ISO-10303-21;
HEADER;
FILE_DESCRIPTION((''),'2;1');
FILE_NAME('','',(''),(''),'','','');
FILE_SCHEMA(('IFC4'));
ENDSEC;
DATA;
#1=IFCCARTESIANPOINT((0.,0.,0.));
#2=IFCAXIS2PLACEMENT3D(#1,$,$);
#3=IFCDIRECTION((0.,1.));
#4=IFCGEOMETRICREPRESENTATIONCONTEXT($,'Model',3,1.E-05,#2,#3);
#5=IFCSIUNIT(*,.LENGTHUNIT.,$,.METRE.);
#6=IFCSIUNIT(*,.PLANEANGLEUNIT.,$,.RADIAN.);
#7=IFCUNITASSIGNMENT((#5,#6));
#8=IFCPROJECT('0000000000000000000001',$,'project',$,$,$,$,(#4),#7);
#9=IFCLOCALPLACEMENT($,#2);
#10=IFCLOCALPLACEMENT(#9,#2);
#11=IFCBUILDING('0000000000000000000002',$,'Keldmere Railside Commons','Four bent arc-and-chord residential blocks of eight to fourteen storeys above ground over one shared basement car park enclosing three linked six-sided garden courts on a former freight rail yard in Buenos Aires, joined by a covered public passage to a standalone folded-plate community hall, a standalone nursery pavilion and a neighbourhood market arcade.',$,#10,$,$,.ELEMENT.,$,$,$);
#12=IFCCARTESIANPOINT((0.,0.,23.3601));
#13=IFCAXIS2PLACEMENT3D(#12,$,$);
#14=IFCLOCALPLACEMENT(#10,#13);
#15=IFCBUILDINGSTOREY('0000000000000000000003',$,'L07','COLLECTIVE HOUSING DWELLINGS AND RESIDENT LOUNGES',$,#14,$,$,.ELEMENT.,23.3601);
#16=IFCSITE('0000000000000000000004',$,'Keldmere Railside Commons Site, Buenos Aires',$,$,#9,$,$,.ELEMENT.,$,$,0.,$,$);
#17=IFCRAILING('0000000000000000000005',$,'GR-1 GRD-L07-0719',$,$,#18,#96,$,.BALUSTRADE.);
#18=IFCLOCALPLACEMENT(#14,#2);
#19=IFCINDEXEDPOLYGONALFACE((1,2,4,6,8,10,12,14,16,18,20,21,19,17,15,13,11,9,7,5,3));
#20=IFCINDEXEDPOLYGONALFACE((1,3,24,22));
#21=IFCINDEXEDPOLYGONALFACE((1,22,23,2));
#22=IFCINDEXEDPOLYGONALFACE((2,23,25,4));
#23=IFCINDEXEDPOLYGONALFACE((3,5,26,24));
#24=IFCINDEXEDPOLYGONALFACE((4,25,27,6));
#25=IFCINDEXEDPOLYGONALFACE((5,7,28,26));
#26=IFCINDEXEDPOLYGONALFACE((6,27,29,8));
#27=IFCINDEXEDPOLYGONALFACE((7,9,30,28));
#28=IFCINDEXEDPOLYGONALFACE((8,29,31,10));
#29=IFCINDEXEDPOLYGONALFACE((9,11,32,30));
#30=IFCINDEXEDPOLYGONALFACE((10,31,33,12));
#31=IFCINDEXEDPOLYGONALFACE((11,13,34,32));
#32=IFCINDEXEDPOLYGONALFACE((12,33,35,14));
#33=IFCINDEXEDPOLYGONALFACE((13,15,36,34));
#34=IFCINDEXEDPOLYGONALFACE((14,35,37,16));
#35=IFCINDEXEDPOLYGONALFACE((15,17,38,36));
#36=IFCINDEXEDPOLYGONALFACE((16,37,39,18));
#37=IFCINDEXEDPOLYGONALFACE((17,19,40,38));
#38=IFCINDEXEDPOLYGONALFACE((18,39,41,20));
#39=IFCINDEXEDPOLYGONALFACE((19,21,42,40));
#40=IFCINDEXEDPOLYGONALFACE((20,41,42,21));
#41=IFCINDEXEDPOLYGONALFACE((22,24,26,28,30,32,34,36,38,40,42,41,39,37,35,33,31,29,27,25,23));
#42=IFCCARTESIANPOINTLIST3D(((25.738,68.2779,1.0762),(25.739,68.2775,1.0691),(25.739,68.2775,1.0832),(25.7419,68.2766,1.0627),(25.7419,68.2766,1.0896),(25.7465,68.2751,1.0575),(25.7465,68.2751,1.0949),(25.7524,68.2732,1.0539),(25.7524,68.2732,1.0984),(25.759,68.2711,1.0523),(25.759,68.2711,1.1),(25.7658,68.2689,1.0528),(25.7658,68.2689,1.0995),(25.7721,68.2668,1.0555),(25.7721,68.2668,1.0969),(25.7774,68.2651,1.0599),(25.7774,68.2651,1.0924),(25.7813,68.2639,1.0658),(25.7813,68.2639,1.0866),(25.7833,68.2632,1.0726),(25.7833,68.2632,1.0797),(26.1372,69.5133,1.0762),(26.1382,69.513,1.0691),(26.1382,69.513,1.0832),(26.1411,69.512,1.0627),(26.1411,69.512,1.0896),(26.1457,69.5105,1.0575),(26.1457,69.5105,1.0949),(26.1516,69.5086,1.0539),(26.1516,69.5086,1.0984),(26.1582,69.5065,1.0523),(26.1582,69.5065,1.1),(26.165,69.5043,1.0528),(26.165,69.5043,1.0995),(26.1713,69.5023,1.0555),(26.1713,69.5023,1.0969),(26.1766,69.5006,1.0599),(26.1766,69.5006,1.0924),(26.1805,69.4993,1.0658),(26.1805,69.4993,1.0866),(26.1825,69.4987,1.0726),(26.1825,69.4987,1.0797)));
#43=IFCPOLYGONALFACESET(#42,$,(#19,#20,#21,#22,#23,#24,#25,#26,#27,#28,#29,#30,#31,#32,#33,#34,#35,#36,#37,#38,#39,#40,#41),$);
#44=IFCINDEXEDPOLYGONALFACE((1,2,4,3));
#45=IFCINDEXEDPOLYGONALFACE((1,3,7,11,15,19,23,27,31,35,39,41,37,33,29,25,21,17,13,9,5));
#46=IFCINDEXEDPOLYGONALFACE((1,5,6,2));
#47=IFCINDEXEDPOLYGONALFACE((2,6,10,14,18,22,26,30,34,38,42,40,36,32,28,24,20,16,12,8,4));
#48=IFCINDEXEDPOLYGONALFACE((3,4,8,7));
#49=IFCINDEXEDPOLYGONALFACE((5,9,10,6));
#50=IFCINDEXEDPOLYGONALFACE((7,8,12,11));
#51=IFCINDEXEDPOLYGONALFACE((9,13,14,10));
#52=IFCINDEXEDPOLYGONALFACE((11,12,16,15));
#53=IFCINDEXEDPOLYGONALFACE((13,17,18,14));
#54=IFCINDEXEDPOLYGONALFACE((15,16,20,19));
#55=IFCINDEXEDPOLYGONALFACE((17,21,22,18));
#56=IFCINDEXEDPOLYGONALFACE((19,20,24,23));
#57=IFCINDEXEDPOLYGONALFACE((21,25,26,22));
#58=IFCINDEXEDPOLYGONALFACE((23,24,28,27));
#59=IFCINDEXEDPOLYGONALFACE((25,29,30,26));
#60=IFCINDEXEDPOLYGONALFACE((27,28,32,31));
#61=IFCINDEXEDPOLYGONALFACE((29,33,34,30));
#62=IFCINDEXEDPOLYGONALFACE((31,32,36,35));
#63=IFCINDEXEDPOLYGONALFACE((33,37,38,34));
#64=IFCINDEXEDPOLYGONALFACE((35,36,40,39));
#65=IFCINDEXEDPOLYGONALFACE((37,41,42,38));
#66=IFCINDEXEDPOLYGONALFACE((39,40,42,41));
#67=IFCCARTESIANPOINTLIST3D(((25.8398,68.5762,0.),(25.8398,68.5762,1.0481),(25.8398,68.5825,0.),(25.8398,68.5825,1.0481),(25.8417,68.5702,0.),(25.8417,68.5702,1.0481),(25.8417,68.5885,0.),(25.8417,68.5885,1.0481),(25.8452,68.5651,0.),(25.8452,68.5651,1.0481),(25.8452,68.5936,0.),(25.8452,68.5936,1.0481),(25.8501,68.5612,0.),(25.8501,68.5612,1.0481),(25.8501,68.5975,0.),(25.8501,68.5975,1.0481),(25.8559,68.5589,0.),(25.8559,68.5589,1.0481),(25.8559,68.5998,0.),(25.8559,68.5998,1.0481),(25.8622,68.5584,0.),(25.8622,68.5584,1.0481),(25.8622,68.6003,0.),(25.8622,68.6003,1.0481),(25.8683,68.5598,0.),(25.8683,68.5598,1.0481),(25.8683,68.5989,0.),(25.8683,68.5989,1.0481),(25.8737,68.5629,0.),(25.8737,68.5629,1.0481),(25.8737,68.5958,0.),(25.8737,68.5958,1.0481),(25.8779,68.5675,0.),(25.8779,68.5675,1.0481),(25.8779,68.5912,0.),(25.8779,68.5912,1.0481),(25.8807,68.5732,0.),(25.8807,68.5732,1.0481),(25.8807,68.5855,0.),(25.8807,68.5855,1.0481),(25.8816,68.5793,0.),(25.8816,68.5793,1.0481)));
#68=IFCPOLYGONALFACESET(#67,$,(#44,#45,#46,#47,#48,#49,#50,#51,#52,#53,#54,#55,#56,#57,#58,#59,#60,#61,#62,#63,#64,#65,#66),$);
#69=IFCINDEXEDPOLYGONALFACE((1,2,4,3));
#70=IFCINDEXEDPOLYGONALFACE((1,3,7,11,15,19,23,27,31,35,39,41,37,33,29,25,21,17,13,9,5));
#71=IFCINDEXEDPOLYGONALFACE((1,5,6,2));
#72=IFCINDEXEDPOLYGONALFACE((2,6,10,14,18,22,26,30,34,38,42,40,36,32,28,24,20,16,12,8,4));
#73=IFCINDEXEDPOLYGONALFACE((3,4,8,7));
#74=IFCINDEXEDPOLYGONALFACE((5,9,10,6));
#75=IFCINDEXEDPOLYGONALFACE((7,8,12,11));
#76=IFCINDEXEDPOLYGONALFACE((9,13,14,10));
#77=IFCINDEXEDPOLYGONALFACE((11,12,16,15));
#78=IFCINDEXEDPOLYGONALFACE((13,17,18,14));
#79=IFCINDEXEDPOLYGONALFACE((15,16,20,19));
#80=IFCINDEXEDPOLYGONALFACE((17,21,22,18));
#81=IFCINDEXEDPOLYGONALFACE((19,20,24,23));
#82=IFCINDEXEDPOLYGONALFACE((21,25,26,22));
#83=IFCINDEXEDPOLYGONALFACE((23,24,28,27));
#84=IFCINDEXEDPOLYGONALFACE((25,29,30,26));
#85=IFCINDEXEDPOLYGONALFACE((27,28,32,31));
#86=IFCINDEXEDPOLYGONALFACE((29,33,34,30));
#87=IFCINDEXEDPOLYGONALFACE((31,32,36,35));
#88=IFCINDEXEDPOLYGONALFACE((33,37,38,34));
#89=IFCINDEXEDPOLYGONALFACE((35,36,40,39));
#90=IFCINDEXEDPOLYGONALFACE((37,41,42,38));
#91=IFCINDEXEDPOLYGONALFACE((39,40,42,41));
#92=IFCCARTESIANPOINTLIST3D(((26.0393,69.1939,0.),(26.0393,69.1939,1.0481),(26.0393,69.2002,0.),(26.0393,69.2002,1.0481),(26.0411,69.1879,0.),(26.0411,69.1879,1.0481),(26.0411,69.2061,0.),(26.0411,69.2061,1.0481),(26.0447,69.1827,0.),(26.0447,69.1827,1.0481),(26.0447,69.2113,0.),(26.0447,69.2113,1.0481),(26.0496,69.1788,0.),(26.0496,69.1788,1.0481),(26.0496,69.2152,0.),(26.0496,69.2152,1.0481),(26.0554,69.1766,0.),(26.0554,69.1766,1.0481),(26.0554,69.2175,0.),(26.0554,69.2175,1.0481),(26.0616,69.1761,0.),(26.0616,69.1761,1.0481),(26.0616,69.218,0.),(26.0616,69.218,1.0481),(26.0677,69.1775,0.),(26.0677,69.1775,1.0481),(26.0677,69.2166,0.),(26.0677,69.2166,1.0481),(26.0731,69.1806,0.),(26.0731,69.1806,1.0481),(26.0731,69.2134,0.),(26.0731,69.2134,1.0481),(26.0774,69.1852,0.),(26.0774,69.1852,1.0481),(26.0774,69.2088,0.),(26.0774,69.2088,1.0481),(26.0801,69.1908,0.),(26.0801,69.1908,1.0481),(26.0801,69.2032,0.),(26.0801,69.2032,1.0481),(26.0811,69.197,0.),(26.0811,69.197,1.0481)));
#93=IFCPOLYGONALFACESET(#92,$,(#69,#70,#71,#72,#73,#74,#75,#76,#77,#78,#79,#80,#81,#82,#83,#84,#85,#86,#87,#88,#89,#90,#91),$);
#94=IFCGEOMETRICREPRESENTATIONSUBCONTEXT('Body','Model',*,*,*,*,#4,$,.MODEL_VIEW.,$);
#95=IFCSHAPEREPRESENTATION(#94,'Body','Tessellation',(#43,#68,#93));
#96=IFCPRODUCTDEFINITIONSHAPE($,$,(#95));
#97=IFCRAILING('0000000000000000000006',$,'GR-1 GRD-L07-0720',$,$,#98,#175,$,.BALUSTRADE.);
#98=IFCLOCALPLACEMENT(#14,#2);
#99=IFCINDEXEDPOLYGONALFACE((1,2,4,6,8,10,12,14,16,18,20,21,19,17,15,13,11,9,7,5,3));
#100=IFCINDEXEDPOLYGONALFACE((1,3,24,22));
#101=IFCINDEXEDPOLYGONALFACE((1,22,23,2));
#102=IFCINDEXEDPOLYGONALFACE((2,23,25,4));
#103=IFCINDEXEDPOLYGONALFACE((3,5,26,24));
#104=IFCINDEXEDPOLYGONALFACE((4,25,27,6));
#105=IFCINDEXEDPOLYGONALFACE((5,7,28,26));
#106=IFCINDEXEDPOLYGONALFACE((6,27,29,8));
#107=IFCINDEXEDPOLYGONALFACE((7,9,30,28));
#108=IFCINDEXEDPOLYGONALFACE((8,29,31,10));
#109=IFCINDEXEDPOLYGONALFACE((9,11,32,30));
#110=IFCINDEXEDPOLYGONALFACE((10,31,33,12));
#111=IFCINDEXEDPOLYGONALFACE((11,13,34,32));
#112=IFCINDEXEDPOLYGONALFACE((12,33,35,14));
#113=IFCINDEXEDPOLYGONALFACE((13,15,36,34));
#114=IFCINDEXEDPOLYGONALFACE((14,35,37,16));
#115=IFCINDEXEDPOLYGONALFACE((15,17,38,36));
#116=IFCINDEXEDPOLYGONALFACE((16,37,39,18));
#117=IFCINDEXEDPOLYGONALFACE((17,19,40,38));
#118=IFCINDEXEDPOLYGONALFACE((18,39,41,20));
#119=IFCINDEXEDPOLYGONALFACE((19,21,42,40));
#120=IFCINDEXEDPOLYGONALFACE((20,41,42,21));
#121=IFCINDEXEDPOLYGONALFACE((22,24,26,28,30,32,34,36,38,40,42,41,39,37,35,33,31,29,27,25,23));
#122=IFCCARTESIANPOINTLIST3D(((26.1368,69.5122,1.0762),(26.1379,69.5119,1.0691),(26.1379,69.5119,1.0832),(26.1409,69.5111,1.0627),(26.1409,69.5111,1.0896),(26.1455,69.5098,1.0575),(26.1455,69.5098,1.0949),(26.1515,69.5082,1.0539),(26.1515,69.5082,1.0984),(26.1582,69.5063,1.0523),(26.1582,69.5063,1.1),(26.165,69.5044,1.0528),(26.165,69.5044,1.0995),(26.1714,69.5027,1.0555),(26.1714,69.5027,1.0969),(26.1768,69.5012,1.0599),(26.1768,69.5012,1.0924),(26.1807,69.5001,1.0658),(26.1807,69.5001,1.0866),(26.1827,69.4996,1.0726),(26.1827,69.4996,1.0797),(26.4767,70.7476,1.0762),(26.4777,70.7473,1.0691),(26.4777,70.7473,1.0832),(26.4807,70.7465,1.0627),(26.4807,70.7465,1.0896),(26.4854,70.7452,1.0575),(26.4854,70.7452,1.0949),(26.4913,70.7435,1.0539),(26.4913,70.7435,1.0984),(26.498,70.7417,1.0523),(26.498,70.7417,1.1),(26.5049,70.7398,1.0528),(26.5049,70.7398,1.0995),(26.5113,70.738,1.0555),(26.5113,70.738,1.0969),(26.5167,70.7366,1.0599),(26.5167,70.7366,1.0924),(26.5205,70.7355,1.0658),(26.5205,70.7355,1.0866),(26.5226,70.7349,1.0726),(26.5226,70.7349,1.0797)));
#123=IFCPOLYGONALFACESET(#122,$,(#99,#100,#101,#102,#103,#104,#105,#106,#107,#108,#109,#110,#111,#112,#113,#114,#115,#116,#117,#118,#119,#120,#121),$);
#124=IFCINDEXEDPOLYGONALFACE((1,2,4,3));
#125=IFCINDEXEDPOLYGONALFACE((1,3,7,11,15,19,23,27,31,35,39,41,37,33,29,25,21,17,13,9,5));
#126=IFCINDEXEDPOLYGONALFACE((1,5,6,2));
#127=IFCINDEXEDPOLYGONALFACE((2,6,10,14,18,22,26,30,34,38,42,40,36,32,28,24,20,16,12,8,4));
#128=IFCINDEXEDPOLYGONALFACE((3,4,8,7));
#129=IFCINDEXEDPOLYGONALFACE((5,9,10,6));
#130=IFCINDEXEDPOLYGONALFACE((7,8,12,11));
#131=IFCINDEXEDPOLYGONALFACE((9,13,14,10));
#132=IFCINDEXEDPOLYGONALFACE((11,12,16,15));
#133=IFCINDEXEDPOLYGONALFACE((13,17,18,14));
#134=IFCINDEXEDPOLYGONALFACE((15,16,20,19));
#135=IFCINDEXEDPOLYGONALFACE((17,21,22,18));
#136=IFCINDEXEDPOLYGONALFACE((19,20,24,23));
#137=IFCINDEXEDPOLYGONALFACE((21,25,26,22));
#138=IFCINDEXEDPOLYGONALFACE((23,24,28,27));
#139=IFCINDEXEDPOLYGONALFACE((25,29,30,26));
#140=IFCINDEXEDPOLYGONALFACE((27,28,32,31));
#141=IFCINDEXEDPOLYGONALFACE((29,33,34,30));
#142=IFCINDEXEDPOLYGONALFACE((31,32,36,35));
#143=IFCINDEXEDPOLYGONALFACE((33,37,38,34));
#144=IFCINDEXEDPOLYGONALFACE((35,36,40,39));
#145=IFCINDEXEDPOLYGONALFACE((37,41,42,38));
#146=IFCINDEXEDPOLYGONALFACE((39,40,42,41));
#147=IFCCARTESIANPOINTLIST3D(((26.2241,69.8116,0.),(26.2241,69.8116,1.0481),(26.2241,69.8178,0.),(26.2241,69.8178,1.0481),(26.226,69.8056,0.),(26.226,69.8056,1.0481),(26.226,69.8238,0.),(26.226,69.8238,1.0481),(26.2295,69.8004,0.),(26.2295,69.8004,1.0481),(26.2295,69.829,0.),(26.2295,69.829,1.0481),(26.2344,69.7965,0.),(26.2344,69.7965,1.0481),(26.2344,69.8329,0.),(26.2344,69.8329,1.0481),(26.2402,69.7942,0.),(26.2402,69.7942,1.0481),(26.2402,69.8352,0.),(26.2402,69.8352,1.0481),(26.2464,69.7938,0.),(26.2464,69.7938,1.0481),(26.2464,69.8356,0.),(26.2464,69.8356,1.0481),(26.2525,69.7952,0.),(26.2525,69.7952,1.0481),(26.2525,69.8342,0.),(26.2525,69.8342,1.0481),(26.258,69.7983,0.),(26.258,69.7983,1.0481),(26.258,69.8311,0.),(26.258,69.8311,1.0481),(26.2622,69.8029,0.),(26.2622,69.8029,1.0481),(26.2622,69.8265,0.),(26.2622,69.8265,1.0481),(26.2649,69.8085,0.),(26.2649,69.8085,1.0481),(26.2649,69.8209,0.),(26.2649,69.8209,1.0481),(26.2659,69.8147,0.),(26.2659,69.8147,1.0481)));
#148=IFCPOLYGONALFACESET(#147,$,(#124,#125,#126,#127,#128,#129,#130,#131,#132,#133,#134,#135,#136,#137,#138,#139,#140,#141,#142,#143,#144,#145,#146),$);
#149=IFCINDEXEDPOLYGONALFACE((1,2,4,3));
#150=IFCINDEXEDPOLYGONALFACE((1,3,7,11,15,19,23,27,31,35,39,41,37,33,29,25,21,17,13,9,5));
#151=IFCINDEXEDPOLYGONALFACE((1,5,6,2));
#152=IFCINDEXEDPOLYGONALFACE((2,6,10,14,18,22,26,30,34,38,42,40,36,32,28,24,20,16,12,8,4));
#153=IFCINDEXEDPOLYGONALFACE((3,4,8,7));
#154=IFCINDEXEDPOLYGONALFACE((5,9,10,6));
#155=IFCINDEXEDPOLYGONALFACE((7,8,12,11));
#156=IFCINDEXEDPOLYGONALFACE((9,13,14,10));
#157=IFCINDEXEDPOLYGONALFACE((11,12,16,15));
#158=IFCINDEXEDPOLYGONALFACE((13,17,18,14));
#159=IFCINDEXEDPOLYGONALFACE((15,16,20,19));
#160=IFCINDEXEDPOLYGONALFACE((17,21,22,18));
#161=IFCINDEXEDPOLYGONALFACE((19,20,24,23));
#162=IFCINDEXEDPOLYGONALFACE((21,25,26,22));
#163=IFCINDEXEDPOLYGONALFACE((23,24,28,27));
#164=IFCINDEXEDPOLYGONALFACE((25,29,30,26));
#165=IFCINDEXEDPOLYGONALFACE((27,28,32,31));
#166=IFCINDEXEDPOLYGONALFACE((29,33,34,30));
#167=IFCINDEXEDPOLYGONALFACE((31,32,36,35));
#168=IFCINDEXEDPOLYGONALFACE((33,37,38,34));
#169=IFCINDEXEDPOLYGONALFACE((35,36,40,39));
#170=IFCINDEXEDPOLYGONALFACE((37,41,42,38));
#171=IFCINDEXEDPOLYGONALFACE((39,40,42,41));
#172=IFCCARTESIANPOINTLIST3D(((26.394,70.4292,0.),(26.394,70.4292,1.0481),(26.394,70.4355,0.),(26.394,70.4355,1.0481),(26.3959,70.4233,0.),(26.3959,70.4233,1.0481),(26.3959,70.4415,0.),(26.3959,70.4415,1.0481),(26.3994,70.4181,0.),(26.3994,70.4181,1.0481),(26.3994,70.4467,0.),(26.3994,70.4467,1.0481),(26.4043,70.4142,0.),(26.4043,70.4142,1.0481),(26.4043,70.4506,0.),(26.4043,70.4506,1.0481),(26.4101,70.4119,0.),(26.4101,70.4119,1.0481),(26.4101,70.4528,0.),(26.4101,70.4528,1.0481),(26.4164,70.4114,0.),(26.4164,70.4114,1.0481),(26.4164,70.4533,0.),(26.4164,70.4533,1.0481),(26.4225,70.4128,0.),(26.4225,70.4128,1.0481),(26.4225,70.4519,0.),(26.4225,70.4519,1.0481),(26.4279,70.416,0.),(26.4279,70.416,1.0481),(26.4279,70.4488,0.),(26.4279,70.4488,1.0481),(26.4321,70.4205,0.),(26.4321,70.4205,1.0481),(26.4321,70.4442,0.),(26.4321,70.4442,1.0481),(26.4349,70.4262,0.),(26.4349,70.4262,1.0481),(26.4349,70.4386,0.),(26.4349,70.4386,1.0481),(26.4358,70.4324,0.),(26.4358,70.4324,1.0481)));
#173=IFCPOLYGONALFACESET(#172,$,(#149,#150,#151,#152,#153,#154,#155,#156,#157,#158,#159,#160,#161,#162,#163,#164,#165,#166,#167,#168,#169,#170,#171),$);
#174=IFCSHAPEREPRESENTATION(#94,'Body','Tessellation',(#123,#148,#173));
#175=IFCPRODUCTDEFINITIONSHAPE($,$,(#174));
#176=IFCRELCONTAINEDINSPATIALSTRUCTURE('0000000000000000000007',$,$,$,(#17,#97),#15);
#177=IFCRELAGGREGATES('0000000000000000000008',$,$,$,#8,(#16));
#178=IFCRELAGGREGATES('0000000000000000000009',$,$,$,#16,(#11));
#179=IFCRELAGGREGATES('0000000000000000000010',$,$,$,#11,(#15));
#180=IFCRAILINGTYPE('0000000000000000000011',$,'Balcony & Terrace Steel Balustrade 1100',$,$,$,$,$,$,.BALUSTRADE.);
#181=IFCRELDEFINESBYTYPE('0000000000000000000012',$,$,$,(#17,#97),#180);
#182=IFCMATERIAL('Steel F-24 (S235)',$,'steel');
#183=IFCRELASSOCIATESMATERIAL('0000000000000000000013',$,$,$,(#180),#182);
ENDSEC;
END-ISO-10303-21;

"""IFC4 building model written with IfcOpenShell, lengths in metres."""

from ifc_helpers import new_model, si_unit, direction, frame, origin, origin_2d, place, context, subcontext, project, spatial, circle, extrude, material, type_object, element, save


model = new_model("IFC4")

# Units and contexts
model_context = context("Model", 3, precision=1e-05, world=origin(), true_north=direction((0.0, 1.0)))
body_context = subcontext(model_context, "Body", "Model", "MODEL_VIEW")
ifc_project = project(units=[si_unit("LENGTHUNIT", "METRE"), si_unit("PLANEANGLEUNIT", "RADIAN")], contexts=[model_context])

# Site, building, storey
site_placement = place(None, origin())
site = spatial("IfcSite", under=ifc_project, at=site_placement, Name="Keldmere Railside Commons Site, Buenos Aires", CompositionType="ELEMENT", RefElevation=0.0)
building_placement = place(site_placement, origin())
building = spatial("IfcBuilding", under=site, at=building_placement, Name="Keldmere Railside Commons", Description="Four bent arc-and-chord residential blocks of eight to fourteen storeys above ground over one shared basement car park enclosing three linked six-sided garden courts on a former freight rail yard in Buenos Aires, joined by a covered public passage to a standalone folded-plate community hall, a standalone nursery pavilion and a neighbourhood market arcade.", CompositionType="ELEMENT")
storey_placement = place(building_placement, frame((0.0, 0.0, 23.3601)))
storey = spatial("IfcBuildingStorey", under=building, at=storey_placement, Name="L07", Description="COLLECTIVE HOUSING DWELLINGS AND RESIDENT LOUNGES", CompositionType="ELEMENT", Elevation=23.3601)

# Railings
ifc_material = material(Name="Steel F-24 (S235)", Category="steel")
railing_type = type_object("IfcRailingType", Name="Balcony & Terrace Steel Balustrade 1100", PredefinedType="BALUSTRADE", material=ifc_material)
railing_1_placement = place(storey_placement, frame((25.7607, 68.2705, 0.0)))
element("IfcRailing", 1, at=railing_1_placement, inside=storey, type_object=railing_type, Name="GR-1 GRD-L07-0719", PredefinedType="BALUSTRADE", context=body_context, shape_type="SweptSolid", body=[
    extrude(circle(Radius=0.0239, at=origin_2d()), frame((0.0, 0.0, 1.0762), z_axis=(0.30747, 0.951558, 0.0), x_axis=(-0.951558, 0.30747, 0.0)), (0.0, 0.0, 1.0), 1.2983),
    extrude(circle(Radius=0.021, at=origin_2d()), frame((0.0999, 0.3088, 0.0)), (0.0, 0.0, 1.0), 1.0481),
    extrude(circle(Radius=0.021, at=origin_2d()), frame((0.2993, 0.9265, 0.0)), (0.0, 0.0, 1.0), 1.0481),
])
railing_2_placement = place(storey_placement, frame((26.1599, 69.5059, 0.0)))
element("IfcRailing", 2, at=railing_2_placement, inside=storey, type_object=railing_type, Name="GR-1 GRD-L07-0720", PredefinedType="BALUSTRADE", context=body_context, shape_type="SweptSolid", body=[
    extrude(circle(Radius=0.0239, at=origin_2d()), frame((0.0, 0.0, 1.0762), z_axis=(0.265245, 0.964181, 0.0), x_axis=(-0.964181, 0.265245, 0.0)), (0.0, 0.0, 1.0), 1.2812),
    extrude(circle(Radius=0.021, at=origin_2d()), frame((0.085, 0.3088, 0.0)), (0.0, 0.0, 1.0), 1.0481),
    extrude(circle(Radius=0.021, at=origin_2d()), frame((0.2549, 0.9265, 0.0)), (0.0, 0.0, 1.0), 1.0481),
])

save(model, "model.ifc")
